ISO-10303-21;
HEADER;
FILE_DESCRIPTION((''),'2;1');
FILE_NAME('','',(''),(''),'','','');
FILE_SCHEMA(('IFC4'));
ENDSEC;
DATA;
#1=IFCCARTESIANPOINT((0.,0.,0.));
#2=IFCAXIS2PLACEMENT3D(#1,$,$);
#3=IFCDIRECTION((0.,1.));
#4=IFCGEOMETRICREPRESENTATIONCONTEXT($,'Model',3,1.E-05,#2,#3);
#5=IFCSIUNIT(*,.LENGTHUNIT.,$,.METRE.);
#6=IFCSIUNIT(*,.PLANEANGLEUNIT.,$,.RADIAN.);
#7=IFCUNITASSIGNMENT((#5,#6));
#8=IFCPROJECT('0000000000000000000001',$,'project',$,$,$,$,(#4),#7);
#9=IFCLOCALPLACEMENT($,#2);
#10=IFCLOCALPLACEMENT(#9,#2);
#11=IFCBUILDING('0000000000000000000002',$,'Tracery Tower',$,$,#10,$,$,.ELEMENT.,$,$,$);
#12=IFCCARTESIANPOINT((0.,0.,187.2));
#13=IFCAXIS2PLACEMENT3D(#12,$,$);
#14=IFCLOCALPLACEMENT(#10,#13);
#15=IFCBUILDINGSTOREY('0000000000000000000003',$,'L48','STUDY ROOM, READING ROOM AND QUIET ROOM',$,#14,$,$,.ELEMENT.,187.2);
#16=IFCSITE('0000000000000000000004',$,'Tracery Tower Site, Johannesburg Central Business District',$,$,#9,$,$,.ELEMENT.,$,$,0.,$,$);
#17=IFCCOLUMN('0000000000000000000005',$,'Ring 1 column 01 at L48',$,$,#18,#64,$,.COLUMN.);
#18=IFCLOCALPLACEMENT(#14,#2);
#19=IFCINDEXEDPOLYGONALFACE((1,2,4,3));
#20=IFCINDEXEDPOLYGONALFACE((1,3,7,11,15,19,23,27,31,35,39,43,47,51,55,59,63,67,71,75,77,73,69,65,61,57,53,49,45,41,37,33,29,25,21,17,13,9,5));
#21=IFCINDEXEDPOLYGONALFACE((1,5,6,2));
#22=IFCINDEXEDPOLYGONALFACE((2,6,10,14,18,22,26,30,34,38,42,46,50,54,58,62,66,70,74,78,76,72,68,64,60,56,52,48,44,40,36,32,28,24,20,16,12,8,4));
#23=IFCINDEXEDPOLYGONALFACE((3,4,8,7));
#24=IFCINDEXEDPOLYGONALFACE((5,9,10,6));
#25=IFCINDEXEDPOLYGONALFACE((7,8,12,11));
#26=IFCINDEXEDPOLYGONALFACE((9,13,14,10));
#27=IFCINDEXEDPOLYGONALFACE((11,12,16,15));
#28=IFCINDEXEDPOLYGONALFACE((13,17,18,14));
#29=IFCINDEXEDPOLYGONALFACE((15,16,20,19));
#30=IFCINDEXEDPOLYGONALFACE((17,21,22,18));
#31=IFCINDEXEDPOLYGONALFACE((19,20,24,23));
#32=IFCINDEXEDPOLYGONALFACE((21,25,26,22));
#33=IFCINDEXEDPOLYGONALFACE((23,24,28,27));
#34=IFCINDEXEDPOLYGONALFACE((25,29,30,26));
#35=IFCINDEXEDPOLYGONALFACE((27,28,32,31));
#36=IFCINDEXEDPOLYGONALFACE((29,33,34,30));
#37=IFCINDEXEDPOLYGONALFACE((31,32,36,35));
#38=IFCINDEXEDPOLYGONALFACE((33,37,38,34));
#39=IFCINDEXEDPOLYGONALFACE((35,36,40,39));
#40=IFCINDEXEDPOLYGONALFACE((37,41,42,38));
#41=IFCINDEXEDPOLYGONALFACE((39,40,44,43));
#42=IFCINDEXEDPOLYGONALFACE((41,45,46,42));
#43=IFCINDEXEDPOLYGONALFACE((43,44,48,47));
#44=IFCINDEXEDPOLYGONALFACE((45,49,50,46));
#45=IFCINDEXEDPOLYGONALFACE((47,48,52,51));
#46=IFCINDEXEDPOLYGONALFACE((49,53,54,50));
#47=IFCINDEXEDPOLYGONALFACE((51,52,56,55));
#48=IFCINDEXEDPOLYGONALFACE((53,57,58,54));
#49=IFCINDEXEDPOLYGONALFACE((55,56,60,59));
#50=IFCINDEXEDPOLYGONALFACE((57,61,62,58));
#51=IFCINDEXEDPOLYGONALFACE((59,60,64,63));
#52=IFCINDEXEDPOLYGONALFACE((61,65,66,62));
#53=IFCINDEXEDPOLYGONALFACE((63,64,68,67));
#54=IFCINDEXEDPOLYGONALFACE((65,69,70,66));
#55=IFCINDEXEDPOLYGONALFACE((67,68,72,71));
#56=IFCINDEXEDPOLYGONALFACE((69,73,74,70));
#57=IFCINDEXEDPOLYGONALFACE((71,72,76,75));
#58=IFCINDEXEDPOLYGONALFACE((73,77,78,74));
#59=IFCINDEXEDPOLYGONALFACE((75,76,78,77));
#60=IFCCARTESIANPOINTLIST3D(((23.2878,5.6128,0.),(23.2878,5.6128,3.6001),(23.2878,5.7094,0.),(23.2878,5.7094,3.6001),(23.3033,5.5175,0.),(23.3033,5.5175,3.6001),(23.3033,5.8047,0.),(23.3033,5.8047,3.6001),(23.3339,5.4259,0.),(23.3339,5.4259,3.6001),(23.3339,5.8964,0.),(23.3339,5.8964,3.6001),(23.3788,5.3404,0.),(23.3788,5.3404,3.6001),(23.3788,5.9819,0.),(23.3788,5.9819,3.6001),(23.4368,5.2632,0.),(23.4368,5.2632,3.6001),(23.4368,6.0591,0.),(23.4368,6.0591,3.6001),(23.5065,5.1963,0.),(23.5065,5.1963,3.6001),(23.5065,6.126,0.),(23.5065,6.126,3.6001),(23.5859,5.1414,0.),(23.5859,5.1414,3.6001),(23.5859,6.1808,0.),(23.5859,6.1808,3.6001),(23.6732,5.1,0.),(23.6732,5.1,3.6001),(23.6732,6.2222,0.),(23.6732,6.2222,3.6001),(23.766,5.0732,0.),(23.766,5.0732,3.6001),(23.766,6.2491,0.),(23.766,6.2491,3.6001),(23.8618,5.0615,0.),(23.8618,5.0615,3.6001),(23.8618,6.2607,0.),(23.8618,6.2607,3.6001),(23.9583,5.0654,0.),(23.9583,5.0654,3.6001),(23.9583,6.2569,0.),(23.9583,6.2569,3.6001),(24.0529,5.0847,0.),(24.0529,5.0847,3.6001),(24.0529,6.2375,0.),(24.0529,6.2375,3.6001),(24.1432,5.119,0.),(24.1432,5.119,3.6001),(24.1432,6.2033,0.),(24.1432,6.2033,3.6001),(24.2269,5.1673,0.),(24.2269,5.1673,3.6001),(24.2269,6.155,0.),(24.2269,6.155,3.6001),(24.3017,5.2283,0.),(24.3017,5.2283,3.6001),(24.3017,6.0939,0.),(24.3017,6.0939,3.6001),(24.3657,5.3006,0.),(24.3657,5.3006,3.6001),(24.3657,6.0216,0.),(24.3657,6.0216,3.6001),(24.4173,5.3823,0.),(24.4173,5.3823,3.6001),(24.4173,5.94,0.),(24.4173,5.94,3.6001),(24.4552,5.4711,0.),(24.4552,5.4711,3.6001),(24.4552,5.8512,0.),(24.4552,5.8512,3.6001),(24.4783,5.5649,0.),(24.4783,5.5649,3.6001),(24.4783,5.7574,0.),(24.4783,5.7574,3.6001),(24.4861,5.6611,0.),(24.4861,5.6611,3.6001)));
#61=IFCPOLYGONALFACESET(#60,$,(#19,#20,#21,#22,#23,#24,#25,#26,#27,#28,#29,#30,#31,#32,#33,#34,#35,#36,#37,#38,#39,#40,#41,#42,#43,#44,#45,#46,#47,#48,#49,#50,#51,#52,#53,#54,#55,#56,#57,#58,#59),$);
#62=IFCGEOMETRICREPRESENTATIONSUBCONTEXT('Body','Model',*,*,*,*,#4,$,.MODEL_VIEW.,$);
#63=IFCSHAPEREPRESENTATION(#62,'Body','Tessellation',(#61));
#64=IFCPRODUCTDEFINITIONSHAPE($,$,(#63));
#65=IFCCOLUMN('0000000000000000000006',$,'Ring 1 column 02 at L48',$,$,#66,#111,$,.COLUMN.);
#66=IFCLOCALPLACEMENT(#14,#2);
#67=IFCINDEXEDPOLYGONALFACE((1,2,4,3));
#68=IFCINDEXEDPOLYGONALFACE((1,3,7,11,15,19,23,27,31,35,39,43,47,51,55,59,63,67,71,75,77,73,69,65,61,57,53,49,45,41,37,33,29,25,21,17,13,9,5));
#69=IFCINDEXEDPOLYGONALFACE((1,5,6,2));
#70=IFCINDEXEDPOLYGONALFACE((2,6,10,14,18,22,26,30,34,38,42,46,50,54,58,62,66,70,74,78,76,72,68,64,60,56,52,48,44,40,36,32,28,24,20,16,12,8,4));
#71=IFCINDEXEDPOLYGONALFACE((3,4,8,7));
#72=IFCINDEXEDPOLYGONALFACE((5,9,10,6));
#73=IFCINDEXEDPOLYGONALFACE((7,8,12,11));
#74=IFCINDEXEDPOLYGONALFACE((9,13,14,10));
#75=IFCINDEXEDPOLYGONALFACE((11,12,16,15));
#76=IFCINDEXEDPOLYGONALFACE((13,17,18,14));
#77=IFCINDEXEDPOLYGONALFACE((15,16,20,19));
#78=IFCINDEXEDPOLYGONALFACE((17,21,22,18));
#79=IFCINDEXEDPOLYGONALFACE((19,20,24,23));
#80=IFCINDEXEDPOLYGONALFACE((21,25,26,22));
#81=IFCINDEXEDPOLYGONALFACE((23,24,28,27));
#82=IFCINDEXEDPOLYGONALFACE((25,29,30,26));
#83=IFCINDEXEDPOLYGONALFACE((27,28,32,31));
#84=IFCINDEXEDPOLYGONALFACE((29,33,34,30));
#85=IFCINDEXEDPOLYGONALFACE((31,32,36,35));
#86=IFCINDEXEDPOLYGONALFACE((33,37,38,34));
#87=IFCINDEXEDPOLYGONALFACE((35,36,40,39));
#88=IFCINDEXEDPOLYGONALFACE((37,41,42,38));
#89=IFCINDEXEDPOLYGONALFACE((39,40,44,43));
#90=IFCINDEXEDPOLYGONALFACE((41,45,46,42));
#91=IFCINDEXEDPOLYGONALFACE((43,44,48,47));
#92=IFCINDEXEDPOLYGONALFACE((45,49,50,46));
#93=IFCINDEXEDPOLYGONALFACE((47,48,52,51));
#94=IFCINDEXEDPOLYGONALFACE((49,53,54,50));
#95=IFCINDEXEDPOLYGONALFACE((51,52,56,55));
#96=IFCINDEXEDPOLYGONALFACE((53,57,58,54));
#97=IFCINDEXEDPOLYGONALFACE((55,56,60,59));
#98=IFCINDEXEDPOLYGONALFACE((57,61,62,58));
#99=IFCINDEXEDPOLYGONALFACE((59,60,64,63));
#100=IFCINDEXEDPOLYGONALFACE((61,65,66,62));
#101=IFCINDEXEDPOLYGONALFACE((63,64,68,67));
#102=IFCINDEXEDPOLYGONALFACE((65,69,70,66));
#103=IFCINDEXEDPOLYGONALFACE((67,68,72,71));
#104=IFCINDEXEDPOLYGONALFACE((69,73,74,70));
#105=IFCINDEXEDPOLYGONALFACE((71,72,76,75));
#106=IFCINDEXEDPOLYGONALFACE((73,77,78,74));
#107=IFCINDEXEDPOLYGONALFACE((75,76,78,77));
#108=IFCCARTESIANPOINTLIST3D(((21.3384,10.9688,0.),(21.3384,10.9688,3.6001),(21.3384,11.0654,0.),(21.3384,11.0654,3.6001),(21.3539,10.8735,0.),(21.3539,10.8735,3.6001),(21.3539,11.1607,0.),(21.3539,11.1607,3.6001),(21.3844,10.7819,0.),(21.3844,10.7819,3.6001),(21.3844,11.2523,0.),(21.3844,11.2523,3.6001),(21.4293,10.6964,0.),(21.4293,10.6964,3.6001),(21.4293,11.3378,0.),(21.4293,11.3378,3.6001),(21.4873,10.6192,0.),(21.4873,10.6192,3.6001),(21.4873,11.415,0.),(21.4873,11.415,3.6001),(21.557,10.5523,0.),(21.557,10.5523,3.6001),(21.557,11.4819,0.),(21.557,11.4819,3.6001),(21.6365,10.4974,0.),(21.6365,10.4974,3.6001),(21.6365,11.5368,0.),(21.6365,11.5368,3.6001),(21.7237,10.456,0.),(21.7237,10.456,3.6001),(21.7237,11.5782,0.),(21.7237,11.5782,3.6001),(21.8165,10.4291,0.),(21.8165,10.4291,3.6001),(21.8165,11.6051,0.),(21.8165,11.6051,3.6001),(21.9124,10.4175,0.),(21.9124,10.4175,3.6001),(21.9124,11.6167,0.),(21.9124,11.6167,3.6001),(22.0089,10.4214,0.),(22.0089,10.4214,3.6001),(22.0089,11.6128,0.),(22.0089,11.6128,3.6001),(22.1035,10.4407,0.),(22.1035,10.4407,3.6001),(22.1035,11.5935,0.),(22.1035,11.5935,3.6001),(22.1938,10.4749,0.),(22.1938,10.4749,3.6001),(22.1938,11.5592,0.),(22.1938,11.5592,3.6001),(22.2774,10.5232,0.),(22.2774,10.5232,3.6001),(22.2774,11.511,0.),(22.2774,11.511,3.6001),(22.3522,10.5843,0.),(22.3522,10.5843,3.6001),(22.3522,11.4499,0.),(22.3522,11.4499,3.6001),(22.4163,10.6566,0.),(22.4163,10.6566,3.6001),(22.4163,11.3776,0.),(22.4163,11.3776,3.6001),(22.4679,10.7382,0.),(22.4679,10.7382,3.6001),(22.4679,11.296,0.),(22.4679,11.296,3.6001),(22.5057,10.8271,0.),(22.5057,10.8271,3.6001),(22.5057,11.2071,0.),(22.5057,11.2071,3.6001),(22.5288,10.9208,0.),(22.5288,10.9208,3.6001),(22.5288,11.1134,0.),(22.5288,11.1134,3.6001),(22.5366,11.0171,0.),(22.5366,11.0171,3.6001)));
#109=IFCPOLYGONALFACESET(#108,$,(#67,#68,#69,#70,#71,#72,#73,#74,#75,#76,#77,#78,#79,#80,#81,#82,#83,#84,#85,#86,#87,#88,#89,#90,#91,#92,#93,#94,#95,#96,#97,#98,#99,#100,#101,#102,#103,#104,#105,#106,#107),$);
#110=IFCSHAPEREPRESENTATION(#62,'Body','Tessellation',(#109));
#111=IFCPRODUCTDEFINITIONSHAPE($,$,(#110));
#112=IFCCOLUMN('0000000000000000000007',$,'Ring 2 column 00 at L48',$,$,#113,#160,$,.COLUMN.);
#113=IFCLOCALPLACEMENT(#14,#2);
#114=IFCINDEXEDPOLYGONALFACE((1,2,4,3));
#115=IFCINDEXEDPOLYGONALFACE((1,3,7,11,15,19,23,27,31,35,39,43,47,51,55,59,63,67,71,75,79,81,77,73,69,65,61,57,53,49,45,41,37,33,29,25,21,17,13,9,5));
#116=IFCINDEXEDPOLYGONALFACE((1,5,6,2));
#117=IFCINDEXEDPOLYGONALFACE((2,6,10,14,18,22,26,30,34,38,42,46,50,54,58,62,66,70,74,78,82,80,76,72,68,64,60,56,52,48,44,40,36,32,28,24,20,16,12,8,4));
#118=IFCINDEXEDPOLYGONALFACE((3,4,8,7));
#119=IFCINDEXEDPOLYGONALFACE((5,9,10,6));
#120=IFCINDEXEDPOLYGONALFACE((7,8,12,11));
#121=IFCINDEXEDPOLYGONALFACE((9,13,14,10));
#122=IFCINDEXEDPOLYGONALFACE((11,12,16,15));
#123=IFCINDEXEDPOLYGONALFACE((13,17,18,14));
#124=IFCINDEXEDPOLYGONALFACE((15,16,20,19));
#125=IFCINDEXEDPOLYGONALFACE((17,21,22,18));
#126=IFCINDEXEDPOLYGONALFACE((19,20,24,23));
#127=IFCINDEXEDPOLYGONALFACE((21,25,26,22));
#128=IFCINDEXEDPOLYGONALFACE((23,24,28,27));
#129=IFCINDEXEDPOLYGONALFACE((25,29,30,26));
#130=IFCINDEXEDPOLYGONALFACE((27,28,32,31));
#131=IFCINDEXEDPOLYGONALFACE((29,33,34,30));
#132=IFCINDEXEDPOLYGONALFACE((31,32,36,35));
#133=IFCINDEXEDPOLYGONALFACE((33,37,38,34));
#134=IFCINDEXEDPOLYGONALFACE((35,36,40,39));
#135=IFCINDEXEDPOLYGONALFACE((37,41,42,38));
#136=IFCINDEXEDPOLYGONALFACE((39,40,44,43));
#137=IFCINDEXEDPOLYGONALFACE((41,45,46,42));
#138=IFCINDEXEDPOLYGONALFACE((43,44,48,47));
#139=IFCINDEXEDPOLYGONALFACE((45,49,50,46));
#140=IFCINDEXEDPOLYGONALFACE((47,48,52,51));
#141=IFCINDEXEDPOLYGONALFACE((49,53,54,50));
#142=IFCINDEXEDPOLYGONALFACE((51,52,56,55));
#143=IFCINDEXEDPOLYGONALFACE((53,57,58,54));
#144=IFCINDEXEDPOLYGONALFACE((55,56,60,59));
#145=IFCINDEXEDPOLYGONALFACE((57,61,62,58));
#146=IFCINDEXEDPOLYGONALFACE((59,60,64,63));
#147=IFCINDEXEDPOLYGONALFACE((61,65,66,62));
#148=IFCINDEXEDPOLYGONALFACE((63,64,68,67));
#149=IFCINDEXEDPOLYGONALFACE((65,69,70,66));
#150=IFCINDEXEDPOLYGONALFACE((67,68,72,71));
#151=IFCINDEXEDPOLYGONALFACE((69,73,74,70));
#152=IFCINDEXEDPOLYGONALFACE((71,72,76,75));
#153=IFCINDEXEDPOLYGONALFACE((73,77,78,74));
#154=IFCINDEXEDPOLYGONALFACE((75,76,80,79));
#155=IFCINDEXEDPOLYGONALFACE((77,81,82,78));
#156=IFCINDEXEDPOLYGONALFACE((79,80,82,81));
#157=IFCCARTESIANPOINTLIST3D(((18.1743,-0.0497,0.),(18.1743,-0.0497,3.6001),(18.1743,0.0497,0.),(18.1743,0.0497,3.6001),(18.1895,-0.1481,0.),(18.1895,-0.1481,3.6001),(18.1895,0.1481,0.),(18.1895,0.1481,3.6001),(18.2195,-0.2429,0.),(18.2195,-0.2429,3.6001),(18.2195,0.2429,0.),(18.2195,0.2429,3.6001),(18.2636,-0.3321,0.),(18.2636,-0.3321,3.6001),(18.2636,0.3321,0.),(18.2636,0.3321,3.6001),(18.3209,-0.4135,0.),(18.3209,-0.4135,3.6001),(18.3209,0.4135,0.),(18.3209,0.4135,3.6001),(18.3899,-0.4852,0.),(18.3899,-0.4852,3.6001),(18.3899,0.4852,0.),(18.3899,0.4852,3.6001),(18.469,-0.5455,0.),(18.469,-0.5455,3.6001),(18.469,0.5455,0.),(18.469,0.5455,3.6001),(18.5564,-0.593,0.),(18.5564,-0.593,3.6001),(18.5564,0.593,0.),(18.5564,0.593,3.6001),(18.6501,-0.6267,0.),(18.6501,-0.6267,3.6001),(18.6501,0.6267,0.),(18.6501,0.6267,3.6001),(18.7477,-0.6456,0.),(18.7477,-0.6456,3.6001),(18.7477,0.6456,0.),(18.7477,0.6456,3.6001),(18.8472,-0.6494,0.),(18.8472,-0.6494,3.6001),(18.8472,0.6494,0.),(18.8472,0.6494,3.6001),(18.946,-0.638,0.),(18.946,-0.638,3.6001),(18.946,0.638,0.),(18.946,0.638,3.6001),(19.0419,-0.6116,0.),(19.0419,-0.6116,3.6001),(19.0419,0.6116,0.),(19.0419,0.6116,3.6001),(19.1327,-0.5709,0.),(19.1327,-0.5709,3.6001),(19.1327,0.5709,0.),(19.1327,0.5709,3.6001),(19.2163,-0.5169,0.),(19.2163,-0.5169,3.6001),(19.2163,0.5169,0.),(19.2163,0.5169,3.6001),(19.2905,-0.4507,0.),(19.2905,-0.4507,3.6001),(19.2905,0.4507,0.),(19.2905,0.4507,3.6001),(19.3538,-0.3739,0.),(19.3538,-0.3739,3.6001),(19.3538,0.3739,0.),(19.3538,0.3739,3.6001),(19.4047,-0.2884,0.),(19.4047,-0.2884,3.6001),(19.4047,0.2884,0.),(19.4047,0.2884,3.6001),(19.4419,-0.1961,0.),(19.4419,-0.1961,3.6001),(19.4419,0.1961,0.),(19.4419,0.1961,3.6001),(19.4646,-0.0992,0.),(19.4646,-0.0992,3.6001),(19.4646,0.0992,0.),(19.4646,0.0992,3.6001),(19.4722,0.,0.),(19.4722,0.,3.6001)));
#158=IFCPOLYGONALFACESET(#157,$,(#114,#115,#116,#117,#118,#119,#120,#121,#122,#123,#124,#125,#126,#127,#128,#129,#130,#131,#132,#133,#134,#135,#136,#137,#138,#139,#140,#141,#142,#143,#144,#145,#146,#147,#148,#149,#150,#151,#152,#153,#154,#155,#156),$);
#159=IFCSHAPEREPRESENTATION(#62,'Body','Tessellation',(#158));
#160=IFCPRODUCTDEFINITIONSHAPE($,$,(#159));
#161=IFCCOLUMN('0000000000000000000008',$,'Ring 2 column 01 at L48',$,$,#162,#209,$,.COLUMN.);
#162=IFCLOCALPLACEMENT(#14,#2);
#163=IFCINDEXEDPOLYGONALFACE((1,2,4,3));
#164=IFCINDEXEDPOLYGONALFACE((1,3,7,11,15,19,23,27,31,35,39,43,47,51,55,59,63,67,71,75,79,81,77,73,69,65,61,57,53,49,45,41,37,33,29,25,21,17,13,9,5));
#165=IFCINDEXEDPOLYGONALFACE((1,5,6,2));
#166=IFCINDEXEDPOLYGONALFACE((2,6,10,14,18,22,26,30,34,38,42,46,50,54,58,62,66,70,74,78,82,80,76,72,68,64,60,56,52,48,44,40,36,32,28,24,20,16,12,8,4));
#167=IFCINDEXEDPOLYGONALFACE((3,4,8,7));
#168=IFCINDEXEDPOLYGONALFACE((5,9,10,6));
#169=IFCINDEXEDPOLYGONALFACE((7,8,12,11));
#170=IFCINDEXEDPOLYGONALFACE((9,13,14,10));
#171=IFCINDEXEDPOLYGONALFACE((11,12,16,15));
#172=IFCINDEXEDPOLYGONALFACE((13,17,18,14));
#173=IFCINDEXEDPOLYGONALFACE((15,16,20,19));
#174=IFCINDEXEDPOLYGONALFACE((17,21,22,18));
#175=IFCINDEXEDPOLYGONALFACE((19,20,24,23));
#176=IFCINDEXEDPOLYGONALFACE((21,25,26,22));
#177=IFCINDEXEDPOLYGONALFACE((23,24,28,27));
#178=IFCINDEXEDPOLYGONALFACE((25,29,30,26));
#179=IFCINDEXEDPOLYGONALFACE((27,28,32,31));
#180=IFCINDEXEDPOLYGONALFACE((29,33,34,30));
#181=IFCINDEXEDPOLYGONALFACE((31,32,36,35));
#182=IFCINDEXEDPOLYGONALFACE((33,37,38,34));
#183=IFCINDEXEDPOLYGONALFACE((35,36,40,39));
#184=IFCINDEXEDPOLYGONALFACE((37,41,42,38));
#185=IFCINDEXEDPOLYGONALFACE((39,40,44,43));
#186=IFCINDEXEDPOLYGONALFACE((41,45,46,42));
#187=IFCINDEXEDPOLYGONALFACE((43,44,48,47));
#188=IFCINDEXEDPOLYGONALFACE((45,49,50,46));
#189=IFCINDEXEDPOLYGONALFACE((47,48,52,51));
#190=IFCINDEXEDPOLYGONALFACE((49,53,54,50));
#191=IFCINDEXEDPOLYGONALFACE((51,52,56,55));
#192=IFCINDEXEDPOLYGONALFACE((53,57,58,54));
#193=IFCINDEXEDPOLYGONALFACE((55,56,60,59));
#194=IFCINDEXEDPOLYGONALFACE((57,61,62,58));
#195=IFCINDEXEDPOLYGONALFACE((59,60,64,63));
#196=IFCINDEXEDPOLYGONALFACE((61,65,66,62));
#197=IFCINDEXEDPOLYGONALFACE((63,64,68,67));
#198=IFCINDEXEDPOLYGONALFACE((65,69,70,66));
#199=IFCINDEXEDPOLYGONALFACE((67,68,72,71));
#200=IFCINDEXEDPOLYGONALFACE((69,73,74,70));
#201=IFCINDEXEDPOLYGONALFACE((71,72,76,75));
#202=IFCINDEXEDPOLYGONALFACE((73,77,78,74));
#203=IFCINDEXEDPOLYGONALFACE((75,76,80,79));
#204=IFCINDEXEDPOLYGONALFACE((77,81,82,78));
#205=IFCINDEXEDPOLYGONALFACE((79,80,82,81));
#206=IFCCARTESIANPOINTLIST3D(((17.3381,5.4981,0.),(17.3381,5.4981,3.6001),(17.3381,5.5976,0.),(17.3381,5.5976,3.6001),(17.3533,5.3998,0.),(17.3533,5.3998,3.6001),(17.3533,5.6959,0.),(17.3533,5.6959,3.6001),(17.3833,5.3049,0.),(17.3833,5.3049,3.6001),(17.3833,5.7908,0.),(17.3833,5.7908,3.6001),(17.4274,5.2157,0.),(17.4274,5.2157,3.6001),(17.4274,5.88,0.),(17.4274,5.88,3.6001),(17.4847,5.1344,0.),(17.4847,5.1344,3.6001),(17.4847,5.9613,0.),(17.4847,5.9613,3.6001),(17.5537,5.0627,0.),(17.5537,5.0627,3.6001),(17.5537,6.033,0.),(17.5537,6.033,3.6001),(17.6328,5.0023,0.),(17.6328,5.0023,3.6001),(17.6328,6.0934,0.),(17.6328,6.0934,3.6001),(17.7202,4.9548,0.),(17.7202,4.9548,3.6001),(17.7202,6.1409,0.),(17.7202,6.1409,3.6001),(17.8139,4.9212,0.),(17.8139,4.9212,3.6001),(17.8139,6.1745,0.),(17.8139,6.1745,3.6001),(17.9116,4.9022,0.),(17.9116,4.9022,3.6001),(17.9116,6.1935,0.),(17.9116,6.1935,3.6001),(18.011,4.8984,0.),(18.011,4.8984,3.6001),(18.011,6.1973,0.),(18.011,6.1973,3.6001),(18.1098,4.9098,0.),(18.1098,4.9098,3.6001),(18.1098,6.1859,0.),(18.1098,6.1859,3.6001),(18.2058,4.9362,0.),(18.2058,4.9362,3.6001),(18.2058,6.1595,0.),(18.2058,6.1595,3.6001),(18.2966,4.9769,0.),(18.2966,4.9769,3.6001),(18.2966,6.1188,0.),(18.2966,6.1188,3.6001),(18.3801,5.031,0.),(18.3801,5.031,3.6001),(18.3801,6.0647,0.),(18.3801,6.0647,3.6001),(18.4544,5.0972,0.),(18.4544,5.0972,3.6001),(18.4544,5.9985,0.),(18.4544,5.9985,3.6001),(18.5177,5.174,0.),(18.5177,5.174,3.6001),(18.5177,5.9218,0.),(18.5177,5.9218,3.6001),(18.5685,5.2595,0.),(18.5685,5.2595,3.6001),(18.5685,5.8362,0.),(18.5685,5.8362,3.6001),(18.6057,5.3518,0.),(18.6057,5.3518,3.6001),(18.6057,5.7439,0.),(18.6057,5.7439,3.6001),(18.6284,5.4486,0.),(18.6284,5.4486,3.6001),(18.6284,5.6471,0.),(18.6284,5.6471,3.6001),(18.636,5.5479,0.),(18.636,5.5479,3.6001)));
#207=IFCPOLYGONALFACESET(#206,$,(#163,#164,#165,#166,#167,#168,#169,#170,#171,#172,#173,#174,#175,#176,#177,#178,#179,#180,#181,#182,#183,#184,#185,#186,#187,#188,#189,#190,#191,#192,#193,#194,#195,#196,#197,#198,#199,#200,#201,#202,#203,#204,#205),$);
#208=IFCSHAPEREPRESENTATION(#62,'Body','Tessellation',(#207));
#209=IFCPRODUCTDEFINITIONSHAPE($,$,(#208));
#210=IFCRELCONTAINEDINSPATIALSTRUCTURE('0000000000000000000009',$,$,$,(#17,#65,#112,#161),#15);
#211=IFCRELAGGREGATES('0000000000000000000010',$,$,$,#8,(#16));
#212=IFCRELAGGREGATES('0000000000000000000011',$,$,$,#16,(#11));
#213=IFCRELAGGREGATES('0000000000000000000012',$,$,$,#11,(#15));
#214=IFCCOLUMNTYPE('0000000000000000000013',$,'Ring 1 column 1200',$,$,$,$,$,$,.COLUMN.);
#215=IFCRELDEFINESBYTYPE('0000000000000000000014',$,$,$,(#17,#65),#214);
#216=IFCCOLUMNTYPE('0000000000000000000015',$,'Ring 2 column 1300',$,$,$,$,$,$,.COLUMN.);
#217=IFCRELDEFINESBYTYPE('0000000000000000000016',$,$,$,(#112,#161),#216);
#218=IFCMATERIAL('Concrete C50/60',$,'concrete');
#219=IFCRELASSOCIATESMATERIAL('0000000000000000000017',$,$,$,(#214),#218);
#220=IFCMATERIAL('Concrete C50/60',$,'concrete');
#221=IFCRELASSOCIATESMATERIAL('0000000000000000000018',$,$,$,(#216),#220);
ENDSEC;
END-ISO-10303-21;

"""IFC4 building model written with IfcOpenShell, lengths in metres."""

from ifc_helpers import new_model, si_unit, direction, frame, origin, origin_2d, place, context, subcontext, project, spatial, circle, extrude, material, material_profile, profile_set, type_object, element, save


model = new_model("IFC4")

# Units and contexts
model_context = context("Model", 3, precision=1e-05, world=origin(), true_north=direction((0.0, 1.0)))
body_context = subcontext(model_context, "Body", "Model", "MODEL_VIEW")
ifc_project = project(units=[si_unit("LENGTHUNIT", "METRE"), si_unit("PLANEANGLEUNIT", "RADIAN")], contexts=[model_context])

# Site, building, storey
site_placement = place(None, origin())
site = spatial("IfcSite", under=ifc_project, at=site_placement, Name="Tracery Tower Site, Johannesburg Central Business District", CompositionType="ELEMENT", RefElevation=0.0)
building_placement = place(site_placement, origin())
building = spatial("IfcBuilding", under=site, at=building_placement, Name="Tracery Tower", CompositionType="ELEMENT")
storey_placement = place(building_placement, frame((0.0, 0.0, 187.2)))
storey = spatial("IfcBuildingStorey", under=building, at=storey_placement, Name="L48", Description="STUDY ROOM, READING ROOM AND QUIET ROOM", CompositionType="ELEMENT", Elevation=187.2)

# Columns
ifc_material_1 = material(Name="Concrete C50/60", Category="concrete")
ifc_material_profile_1 = material_profile(ifc_material_1, circle(Radius=0.6001, at=origin_2d()), Name="RC D1200")
ifc_profile_set_1 = profile_set([ifc_material_profile_1], Name="Concrete C50/60")
column_type_1 = type_object("IfcColumnType", Name="Ring 1 column 1200", PredefinedType="COLUMN", material=ifc_profile_set_1)
for number, where, z_axis, x_axis, name in (
    (1, (23.886, 5.6611, 0.0), (0.0, 0.0, 1.0), (1.0, 0.0, 0.0), "Ring 1 column 01 at L48"),
    (2, (21.9365, 11.0171, 0.0), (0.0, 0.0, 1.0), (1.0, 0.0, 0.0), "Ring 1 column 02 at L48"),
):
    element("IfcColumn", number, at=place(storey_placement, frame(where, z_axis=z_axis, x_axis=x_axis)), inside=storey, type_object=column_type_1, Name=name, PredefinedType="COLUMN", context=body_context, shape_type="SweptSolid", body=[
        extrude(circle(Radius=0.6001, at=origin_2d()), origin(), (0.0, 0.0, 1.0), 3.6001),
    ])
ifc_material_2 = material(Name="Concrete C50/60", Category="concrete")
ifc_material_profile_2 = material_profile(ifc_material_2, circle(Radius=0.6499, at=origin_2d()), Name="RC D1300")
ifc_profile_set_2 = profile_set([ifc_material_profile_2], Name="Concrete C50/60")
column_type_2 = type_object("IfcColumnType", Name="Ring 2 column 1300", PredefinedType="COLUMN", material=ifc_profile_set_2)
for number, where, z_axis, x_axis, name in (
    (3, (18.8223, 0.0, 0.0), (0.0, 0.0, 1.0), (1.0, 0.0, 0.0), "Ring 2 column 00 at L48"),
    (4, (17.9861, 5.5479, 0.0), (0.0, 0.0, 1.0), (1.0, 0.0, 0.0), "Ring 2 column 01 at L48"),
):
    element("IfcColumn", number, at=place(storey_placement, frame(where, z_axis=z_axis, x_axis=x_axis)), inside=storey, type_object=column_type_2, Name=name, PredefinedType="COLUMN", context=body_context, shape_type="SweptSolid", body=[
        extrude(circle(Radius=0.6499, at=origin_2d()), origin(), (0.0, 0.0, 1.0), 3.6001),
    ])

save(model, "model.ifc")
